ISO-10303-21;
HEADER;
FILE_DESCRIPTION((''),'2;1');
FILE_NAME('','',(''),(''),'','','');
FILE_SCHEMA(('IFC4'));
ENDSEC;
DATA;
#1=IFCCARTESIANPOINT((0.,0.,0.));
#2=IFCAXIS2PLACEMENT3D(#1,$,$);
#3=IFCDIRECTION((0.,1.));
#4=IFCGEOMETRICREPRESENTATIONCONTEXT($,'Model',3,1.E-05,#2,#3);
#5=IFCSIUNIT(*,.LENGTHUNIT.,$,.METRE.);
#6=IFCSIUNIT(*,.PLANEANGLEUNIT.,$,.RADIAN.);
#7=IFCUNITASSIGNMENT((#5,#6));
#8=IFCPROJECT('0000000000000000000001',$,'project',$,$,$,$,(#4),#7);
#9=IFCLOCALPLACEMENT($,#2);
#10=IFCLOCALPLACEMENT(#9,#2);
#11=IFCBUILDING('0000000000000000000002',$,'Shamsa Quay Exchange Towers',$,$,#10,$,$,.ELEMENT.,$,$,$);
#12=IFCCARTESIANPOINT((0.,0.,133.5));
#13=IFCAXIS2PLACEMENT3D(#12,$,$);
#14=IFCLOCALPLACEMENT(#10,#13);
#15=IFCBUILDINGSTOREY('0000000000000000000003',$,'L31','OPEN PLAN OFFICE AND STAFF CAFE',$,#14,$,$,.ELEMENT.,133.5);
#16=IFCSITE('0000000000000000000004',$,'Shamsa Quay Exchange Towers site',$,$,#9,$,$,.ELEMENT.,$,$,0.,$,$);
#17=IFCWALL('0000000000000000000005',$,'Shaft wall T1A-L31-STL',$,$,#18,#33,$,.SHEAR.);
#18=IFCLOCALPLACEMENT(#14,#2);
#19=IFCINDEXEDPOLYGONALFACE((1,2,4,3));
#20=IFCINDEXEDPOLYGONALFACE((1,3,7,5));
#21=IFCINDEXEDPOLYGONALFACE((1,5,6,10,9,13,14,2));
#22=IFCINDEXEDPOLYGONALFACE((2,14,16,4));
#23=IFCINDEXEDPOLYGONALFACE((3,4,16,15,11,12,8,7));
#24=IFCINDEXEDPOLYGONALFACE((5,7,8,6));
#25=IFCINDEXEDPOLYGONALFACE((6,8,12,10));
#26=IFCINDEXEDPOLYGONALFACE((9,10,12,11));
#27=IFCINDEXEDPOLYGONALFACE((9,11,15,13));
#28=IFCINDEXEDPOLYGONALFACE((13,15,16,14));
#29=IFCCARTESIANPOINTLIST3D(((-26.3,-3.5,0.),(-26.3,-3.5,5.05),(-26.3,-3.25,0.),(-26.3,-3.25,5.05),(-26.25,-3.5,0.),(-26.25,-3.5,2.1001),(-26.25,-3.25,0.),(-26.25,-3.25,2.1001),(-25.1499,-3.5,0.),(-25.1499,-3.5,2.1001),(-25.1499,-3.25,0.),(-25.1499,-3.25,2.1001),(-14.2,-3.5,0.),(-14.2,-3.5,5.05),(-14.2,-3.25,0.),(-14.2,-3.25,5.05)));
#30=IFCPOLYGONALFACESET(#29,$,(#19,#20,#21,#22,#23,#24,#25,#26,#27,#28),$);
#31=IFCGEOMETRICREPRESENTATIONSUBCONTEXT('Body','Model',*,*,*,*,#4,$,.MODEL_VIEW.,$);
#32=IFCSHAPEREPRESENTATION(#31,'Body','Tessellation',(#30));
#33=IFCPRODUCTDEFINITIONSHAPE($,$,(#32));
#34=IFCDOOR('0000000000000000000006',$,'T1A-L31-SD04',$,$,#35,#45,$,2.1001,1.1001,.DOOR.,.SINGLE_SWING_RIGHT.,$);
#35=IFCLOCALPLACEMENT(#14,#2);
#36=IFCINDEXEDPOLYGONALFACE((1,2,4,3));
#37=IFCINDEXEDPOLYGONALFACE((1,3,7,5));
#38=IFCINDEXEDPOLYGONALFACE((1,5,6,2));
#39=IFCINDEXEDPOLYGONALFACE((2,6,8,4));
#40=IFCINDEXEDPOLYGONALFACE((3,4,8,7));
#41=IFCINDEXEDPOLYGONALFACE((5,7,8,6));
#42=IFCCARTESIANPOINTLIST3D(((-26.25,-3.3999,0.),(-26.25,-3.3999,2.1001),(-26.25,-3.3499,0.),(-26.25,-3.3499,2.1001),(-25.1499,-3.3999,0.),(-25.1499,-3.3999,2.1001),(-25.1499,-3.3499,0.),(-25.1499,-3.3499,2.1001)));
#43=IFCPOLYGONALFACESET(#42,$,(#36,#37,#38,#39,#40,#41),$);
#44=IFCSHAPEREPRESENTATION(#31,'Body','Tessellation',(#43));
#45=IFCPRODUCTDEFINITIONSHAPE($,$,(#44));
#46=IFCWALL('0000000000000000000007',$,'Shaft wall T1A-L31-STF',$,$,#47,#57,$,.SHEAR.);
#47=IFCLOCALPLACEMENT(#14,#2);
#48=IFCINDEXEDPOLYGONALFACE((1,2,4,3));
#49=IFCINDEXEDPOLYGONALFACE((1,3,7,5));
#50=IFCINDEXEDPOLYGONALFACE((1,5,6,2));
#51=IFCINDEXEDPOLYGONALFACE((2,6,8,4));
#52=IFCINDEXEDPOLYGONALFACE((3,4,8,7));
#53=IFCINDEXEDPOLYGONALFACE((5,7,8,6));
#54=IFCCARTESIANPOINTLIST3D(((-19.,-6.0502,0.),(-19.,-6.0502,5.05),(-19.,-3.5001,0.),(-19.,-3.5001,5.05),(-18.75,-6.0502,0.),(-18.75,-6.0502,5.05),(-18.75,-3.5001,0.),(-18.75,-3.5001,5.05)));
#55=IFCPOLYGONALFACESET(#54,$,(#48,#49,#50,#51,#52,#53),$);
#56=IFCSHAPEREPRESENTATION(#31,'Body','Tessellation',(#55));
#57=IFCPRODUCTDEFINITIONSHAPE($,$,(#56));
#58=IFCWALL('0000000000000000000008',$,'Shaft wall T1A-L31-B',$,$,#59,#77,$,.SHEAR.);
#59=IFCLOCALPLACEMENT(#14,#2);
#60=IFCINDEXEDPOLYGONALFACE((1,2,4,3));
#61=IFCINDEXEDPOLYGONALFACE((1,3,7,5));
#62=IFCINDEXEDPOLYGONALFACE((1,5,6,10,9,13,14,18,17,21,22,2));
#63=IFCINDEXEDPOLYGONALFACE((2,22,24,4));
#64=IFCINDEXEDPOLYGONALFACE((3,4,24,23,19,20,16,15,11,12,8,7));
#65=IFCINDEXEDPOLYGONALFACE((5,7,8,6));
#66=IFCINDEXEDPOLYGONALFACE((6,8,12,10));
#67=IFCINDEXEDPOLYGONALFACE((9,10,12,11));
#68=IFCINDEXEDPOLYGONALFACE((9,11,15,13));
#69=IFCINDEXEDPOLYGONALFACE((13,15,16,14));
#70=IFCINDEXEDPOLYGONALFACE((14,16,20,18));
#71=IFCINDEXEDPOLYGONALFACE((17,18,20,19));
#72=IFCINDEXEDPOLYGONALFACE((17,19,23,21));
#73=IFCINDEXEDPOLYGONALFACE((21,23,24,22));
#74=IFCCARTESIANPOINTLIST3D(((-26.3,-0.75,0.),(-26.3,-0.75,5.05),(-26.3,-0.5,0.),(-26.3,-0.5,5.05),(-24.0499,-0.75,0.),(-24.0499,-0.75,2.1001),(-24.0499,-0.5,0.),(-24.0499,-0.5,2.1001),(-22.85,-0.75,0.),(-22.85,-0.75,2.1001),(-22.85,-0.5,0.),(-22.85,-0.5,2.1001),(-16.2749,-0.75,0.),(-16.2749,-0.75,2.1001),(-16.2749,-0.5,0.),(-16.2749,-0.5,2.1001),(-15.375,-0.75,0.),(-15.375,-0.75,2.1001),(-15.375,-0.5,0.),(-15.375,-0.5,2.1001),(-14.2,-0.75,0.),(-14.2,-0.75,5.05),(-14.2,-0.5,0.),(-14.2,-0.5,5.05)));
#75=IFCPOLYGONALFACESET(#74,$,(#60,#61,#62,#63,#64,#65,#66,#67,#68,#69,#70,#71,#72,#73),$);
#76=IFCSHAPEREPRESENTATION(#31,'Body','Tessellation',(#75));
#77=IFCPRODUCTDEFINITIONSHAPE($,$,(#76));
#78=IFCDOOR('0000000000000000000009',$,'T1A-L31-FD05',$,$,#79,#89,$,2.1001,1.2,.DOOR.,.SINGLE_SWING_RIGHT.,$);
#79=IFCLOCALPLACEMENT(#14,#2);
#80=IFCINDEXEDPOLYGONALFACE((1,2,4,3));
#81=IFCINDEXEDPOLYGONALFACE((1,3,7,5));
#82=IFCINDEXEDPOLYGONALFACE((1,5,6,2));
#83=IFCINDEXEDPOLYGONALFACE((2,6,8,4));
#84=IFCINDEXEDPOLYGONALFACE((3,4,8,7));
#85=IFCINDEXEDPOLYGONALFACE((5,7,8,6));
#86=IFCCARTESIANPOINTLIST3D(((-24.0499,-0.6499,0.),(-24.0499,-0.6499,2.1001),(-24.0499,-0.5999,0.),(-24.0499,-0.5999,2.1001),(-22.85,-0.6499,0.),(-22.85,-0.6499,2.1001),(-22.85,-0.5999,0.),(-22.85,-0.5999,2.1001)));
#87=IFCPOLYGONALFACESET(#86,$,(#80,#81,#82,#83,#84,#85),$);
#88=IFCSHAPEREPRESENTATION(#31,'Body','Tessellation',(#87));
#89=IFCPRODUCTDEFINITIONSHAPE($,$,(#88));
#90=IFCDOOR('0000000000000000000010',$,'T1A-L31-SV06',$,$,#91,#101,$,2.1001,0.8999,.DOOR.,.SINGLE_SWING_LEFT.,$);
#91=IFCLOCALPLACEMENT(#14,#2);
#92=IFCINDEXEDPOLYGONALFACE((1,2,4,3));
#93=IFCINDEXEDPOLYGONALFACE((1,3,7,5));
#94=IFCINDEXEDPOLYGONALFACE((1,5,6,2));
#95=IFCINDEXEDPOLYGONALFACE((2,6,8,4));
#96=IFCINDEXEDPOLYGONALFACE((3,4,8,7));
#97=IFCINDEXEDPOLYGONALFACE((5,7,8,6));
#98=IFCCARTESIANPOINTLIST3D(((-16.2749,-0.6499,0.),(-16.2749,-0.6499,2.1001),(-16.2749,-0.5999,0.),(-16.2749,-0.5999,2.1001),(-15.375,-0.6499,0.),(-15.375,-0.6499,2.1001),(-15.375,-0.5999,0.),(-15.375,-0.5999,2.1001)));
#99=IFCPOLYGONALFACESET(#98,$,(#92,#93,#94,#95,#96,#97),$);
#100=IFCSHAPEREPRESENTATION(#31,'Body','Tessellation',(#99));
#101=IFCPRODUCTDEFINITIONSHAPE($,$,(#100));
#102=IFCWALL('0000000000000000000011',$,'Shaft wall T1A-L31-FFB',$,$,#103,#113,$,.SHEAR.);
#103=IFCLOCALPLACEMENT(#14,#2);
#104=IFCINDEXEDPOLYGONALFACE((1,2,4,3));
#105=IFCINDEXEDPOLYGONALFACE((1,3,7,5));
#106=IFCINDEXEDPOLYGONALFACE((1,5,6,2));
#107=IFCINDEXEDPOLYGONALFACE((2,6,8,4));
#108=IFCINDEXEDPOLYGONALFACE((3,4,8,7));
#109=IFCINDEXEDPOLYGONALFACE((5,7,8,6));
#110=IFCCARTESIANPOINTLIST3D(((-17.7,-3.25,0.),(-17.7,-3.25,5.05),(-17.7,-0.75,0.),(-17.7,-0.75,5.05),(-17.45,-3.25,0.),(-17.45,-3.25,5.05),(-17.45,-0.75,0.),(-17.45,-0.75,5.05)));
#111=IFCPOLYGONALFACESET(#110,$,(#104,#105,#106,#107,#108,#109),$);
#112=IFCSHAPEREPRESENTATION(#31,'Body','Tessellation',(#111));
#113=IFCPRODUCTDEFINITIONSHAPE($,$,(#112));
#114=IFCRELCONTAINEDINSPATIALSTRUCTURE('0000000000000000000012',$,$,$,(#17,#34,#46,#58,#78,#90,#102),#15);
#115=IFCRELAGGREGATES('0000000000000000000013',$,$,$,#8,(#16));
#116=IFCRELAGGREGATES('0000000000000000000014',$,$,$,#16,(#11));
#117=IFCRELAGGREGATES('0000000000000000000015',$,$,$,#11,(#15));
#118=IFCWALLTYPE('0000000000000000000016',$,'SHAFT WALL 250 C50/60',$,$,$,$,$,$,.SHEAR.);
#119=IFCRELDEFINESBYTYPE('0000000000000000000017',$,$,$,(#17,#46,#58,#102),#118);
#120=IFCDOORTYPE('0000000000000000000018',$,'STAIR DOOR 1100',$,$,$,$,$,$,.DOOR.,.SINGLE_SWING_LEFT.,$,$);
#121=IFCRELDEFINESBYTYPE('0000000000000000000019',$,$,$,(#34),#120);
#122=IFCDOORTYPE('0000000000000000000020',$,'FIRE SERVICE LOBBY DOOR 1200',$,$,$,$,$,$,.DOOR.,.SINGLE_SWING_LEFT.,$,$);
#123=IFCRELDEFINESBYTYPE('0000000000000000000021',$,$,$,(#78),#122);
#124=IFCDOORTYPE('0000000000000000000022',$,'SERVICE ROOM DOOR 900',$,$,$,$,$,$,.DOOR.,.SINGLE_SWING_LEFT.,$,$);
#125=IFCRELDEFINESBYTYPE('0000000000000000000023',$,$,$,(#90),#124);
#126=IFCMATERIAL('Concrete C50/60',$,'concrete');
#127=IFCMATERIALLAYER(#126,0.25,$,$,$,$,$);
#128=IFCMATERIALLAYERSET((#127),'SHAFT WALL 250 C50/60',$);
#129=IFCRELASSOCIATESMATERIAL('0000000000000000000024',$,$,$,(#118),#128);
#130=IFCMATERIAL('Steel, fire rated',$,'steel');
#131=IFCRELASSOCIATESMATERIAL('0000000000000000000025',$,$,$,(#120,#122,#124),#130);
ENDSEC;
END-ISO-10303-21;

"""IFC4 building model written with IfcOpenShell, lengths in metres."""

from ifc_helpers import new_model, si_unit, direction, frame, frame_2d, origin, place, context, subcontext, project, spatial, rectangle, extrude, material, layer, layer_set, type_object, element, fill, save


model = new_model("IFC4")

# Units and contexts
model_context = context("Model", 3, precision=1e-05, world=origin(), true_north=direction((0.0, 1.0)))
body_context = subcontext(model_context, "Body", "Model", "MODEL_VIEW")
ifc_project = project(units=[si_unit("LENGTHUNIT", "METRE"), si_unit("PLANEANGLEUNIT", "RADIAN")], contexts=[model_context])

# Site, building, storey
site_placement = place(None, origin())
site = spatial("IfcSite", under=ifc_project, at=site_placement, Name="Shamsa Quay Exchange Towers site", CompositionType="ELEMENT", RefElevation=0.0)
building_placement = place(site_placement, origin())
building = spatial("IfcBuilding", under=site, at=building_placement, Name="Shamsa Quay Exchange Towers", CompositionType="ELEMENT")
storey_placement = place(building_placement, frame((0.0, 0.0, 133.5)))
storey = spatial("IfcBuildingStorey", under=building, at=storey_placement, Name="L31", Description="OPEN PLAN OFFICE AND STAFF CAFE", CompositionType="ELEMENT", Elevation=133.5)

# Wall, opening, door
ifc_material_1 = material(Name="Concrete C50/60", Category="concrete")
ifc_layer_1 = layer(ifc_material_1, 0.25)
ifc_layer_set_1 = layer_set([ifc_layer_1], Name="SHAFT WALL 250 C50/60")
wall_type = type_object("IfcWallType", Name="SHAFT WALL 250 C50/60", PredefinedType="SHEAR", material=ifc_layer_set_1)
wall_1_placement = place(storey_placement, frame((-14.2, -3.375, 0.0), z_axis=(0.0, 0.0, 1.0), x_axis=(-1.0, 0.0, 0.0)))
wall_1 = element("IfcWall", 1, at=wall_1_placement, inside=storey, type_object=wall_type, Name="Shaft wall T1A-L31-STL", PredefinedType="SHEAR", context=body_context, shape_type="SweptSolid", body=[
    extrude(rectangle(XDim=12.1001, YDim=0.25, at=frame_2d((6.05, 0.0))), origin(), (0.0, 0.0, 1.0), 5.05),
])
opening_1_placement = place(wall_1_placement, frame((10.95, 0.0, 0.0)))
opening_1 = element("IfcOpeningElement", 2, at=opening_1_placement, cuts=wall_1, PredefinedType="OPENING", context=body_context, shape_type="SweptSolid", body=[
    extrude(rectangle(XDim=1.1001, YDim=2.1001, at=frame_2d((0.55, 1.05))), frame((0.0, 0.135, 0.0), z_axis=(0.0, -1.0, 0.0), x_axis=(1.0, 0.0, 0.0)), (0.0, 0.0, 1.0), 0.27),
])
ifc_material_2 = material(Name="Steel, fire rated", Category="steel")
door_type_1 = type_object("IfcDoorType", Name="STAIR DOOR 1100", OperationType="SINGLE_SWING_LEFT", PredefinedType="DOOR", material=ifc_material_2)
door_1_placement = place(opening_1_placement, origin())
door_1 = element("IfcDoor", 3, at=door_1_placement, inside=storey, type_object=door_type_1, Name="T1A-L31-SD04", OperationType="SINGLE_SWING_RIGHT", OverallHeight=2.1001, OverallWidth=1.1001, PredefinedType="DOOR", context=body_context, shape_type="SweptSolid", body=[
    extrude(rectangle(XDim=1.1001, YDim=2.1001, at=frame_2d((0.55, 1.05))), frame((0.0, 0.0249, 0.0), z_axis=(0.0, -1.0, 0.0), x_axis=(1.0, 0.0, 0.0)), (0.0, 0.0, 1.0), 0.05),
])
fill(opening_1, door_1)

# Wall
wall_2_placement = place(storey_placement, frame((-18.875, -6.05, 0.0), z_axis=(0.0, 0.0, 1.0), x_axis=(0.0, 1.0, 0.0)))
element("IfcWall", 4, at=wall_2_placement, inside=storey, type_object=wall_type, Name="Shaft wall T1A-L31-STF", PredefinedType="SHEAR", context=body_context, shape_type="SweptSolid", body=[
    extrude(rectangle(XDim=2.55, YDim=0.25, at=frame_2d((1.2749, 0.0))), origin(), (0.0, 0.0, 1.0), 5.05),
])

# Wall, openings, doors
wall_3_placement = place(storey_placement, frame((-14.2, -0.625, 0.0), z_axis=(0.0, 0.0, 1.0), x_axis=(-1.0, 0.0, 0.0)))
wall_3 = element("IfcWall", 5, at=wall_3_placement, inside=storey, type_object=wall_type, Name="Shaft wall T1A-L31-B", PredefinedType="SHEAR", context=body_context, shape_type="SweptSolid", body=[
    extrude(rectangle(XDim=12.1001, YDim=0.25, at=frame_2d((6.05, 0.0))), origin(), (0.0, 0.0, 1.0), 5.05),
])
opening_2_placement = place(wall_3_placement, frame((8.6499, 0.0, 0.0)))
opening_2 = element("IfcOpeningElement", 6, at=opening_2_placement, cuts=wall_3, PredefinedType="OPENING", context=body_context, shape_type="SweptSolid", body=[
    extrude(rectangle(XDim=1.2, YDim=2.1001, at=frame_2d((0.6001, 1.05))), frame((0.0, 0.135, 0.0), z_axis=(0.0, -1.0, 0.0), x_axis=(1.0, 0.0, 0.0)), (0.0, 0.0, 1.0), 0.27),
])
opening_3_placement = place(wall_3_placement, frame((1.175, 0.0, 0.0)))
opening_3 = element("IfcOpeningElement", 7, at=opening_3_placement, cuts=wall_3, PredefinedType="OPENING", context=body_context, shape_type="SweptSolid", body=[
    extrude(rectangle(XDim=0.8999, YDim=2.1001, at=frame_2d((0.45, 1.05))), frame((0.0, 0.135, 0.0), z_axis=(0.0, -1.0, 0.0), x_axis=(1.0, 0.0, 0.0)), (0.0, 0.0, 1.0), 0.27),
])
door_type_2 = type_object("IfcDoorType", Name="FIRE SERVICE LOBBY DOOR 1200", OperationType="SINGLE_SWING_LEFT", PredefinedType="DOOR", material=ifc_material_2)
door_2_placement = place(opening_2_placement, origin())
door_2 = element("IfcDoor", 8, at=door_2_placement, inside=storey, type_object=door_type_2, Name="T1A-L31-FD05", OperationType="SINGLE_SWING_RIGHT", OverallHeight=2.1001, OverallWidth=1.2, PredefinedType="DOOR", context=body_context, shape_type="SweptSolid", body=[
    extrude(rectangle(XDim=1.2, YDim=2.1001, at=frame_2d((0.6001, 1.05))), frame((0.0, 0.0249, 0.0), z_axis=(0.0, -1.0, 0.0), x_axis=(1.0, 0.0, 0.0)), (0.0, 0.0, 1.0), 0.05),
])
fill(opening_2, door_2)
door_type_3 = type_object("IfcDoorType", Name="SERVICE ROOM DOOR 900", OperationType="SINGLE_SWING_LEFT", PredefinedType="DOOR", material=ifc_material_2)
door_3_placement = place(opening_3_placement, origin())
door_3 = element("IfcDoor", 9, at=door_3_placement, inside=storey, type_object=door_type_3, Name="T1A-L31-SV06", OperationType="SINGLE_SWING_LEFT", OverallHeight=2.1001, OverallWidth=0.8999, PredefinedType="DOOR", context=body_context, shape_type="SweptSolid", body=[
    extrude(rectangle(XDim=0.8999, YDim=2.1001, at=frame_2d((0.45, 1.05))), frame((0.0, 0.0249, 0.0), z_axis=(0.0, -1.0, 0.0), x_axis=(1.0, 0.0, 0.0)), (0.0, 0.0, 1.0), 0.05),
])
fill(opening_3, door_3)

# Wall
wall_4_placement = place(storey_placement, frame((-17.575, -3.25, 0.0), z_axis=(0.0, 0.0, 1.0), x_axis=(0.0, 1.0, 0.0)))
element("IfcWall", 10, at=wall_4_placement, inside=storey, type_object=wall_type, Name="Shaft wall T1A-L31-FFB", PredefinedType="SHEAR", context=body_context, shape_type="SweptSolid", body=[
    extrude(rectangle(XDim=2.5, YDim=0.25, at=frame_2d((1.25, 0.0))), origin(), (0.0, 0.0, 1.0), 5.05),
])

save(model, "model.ifc")
